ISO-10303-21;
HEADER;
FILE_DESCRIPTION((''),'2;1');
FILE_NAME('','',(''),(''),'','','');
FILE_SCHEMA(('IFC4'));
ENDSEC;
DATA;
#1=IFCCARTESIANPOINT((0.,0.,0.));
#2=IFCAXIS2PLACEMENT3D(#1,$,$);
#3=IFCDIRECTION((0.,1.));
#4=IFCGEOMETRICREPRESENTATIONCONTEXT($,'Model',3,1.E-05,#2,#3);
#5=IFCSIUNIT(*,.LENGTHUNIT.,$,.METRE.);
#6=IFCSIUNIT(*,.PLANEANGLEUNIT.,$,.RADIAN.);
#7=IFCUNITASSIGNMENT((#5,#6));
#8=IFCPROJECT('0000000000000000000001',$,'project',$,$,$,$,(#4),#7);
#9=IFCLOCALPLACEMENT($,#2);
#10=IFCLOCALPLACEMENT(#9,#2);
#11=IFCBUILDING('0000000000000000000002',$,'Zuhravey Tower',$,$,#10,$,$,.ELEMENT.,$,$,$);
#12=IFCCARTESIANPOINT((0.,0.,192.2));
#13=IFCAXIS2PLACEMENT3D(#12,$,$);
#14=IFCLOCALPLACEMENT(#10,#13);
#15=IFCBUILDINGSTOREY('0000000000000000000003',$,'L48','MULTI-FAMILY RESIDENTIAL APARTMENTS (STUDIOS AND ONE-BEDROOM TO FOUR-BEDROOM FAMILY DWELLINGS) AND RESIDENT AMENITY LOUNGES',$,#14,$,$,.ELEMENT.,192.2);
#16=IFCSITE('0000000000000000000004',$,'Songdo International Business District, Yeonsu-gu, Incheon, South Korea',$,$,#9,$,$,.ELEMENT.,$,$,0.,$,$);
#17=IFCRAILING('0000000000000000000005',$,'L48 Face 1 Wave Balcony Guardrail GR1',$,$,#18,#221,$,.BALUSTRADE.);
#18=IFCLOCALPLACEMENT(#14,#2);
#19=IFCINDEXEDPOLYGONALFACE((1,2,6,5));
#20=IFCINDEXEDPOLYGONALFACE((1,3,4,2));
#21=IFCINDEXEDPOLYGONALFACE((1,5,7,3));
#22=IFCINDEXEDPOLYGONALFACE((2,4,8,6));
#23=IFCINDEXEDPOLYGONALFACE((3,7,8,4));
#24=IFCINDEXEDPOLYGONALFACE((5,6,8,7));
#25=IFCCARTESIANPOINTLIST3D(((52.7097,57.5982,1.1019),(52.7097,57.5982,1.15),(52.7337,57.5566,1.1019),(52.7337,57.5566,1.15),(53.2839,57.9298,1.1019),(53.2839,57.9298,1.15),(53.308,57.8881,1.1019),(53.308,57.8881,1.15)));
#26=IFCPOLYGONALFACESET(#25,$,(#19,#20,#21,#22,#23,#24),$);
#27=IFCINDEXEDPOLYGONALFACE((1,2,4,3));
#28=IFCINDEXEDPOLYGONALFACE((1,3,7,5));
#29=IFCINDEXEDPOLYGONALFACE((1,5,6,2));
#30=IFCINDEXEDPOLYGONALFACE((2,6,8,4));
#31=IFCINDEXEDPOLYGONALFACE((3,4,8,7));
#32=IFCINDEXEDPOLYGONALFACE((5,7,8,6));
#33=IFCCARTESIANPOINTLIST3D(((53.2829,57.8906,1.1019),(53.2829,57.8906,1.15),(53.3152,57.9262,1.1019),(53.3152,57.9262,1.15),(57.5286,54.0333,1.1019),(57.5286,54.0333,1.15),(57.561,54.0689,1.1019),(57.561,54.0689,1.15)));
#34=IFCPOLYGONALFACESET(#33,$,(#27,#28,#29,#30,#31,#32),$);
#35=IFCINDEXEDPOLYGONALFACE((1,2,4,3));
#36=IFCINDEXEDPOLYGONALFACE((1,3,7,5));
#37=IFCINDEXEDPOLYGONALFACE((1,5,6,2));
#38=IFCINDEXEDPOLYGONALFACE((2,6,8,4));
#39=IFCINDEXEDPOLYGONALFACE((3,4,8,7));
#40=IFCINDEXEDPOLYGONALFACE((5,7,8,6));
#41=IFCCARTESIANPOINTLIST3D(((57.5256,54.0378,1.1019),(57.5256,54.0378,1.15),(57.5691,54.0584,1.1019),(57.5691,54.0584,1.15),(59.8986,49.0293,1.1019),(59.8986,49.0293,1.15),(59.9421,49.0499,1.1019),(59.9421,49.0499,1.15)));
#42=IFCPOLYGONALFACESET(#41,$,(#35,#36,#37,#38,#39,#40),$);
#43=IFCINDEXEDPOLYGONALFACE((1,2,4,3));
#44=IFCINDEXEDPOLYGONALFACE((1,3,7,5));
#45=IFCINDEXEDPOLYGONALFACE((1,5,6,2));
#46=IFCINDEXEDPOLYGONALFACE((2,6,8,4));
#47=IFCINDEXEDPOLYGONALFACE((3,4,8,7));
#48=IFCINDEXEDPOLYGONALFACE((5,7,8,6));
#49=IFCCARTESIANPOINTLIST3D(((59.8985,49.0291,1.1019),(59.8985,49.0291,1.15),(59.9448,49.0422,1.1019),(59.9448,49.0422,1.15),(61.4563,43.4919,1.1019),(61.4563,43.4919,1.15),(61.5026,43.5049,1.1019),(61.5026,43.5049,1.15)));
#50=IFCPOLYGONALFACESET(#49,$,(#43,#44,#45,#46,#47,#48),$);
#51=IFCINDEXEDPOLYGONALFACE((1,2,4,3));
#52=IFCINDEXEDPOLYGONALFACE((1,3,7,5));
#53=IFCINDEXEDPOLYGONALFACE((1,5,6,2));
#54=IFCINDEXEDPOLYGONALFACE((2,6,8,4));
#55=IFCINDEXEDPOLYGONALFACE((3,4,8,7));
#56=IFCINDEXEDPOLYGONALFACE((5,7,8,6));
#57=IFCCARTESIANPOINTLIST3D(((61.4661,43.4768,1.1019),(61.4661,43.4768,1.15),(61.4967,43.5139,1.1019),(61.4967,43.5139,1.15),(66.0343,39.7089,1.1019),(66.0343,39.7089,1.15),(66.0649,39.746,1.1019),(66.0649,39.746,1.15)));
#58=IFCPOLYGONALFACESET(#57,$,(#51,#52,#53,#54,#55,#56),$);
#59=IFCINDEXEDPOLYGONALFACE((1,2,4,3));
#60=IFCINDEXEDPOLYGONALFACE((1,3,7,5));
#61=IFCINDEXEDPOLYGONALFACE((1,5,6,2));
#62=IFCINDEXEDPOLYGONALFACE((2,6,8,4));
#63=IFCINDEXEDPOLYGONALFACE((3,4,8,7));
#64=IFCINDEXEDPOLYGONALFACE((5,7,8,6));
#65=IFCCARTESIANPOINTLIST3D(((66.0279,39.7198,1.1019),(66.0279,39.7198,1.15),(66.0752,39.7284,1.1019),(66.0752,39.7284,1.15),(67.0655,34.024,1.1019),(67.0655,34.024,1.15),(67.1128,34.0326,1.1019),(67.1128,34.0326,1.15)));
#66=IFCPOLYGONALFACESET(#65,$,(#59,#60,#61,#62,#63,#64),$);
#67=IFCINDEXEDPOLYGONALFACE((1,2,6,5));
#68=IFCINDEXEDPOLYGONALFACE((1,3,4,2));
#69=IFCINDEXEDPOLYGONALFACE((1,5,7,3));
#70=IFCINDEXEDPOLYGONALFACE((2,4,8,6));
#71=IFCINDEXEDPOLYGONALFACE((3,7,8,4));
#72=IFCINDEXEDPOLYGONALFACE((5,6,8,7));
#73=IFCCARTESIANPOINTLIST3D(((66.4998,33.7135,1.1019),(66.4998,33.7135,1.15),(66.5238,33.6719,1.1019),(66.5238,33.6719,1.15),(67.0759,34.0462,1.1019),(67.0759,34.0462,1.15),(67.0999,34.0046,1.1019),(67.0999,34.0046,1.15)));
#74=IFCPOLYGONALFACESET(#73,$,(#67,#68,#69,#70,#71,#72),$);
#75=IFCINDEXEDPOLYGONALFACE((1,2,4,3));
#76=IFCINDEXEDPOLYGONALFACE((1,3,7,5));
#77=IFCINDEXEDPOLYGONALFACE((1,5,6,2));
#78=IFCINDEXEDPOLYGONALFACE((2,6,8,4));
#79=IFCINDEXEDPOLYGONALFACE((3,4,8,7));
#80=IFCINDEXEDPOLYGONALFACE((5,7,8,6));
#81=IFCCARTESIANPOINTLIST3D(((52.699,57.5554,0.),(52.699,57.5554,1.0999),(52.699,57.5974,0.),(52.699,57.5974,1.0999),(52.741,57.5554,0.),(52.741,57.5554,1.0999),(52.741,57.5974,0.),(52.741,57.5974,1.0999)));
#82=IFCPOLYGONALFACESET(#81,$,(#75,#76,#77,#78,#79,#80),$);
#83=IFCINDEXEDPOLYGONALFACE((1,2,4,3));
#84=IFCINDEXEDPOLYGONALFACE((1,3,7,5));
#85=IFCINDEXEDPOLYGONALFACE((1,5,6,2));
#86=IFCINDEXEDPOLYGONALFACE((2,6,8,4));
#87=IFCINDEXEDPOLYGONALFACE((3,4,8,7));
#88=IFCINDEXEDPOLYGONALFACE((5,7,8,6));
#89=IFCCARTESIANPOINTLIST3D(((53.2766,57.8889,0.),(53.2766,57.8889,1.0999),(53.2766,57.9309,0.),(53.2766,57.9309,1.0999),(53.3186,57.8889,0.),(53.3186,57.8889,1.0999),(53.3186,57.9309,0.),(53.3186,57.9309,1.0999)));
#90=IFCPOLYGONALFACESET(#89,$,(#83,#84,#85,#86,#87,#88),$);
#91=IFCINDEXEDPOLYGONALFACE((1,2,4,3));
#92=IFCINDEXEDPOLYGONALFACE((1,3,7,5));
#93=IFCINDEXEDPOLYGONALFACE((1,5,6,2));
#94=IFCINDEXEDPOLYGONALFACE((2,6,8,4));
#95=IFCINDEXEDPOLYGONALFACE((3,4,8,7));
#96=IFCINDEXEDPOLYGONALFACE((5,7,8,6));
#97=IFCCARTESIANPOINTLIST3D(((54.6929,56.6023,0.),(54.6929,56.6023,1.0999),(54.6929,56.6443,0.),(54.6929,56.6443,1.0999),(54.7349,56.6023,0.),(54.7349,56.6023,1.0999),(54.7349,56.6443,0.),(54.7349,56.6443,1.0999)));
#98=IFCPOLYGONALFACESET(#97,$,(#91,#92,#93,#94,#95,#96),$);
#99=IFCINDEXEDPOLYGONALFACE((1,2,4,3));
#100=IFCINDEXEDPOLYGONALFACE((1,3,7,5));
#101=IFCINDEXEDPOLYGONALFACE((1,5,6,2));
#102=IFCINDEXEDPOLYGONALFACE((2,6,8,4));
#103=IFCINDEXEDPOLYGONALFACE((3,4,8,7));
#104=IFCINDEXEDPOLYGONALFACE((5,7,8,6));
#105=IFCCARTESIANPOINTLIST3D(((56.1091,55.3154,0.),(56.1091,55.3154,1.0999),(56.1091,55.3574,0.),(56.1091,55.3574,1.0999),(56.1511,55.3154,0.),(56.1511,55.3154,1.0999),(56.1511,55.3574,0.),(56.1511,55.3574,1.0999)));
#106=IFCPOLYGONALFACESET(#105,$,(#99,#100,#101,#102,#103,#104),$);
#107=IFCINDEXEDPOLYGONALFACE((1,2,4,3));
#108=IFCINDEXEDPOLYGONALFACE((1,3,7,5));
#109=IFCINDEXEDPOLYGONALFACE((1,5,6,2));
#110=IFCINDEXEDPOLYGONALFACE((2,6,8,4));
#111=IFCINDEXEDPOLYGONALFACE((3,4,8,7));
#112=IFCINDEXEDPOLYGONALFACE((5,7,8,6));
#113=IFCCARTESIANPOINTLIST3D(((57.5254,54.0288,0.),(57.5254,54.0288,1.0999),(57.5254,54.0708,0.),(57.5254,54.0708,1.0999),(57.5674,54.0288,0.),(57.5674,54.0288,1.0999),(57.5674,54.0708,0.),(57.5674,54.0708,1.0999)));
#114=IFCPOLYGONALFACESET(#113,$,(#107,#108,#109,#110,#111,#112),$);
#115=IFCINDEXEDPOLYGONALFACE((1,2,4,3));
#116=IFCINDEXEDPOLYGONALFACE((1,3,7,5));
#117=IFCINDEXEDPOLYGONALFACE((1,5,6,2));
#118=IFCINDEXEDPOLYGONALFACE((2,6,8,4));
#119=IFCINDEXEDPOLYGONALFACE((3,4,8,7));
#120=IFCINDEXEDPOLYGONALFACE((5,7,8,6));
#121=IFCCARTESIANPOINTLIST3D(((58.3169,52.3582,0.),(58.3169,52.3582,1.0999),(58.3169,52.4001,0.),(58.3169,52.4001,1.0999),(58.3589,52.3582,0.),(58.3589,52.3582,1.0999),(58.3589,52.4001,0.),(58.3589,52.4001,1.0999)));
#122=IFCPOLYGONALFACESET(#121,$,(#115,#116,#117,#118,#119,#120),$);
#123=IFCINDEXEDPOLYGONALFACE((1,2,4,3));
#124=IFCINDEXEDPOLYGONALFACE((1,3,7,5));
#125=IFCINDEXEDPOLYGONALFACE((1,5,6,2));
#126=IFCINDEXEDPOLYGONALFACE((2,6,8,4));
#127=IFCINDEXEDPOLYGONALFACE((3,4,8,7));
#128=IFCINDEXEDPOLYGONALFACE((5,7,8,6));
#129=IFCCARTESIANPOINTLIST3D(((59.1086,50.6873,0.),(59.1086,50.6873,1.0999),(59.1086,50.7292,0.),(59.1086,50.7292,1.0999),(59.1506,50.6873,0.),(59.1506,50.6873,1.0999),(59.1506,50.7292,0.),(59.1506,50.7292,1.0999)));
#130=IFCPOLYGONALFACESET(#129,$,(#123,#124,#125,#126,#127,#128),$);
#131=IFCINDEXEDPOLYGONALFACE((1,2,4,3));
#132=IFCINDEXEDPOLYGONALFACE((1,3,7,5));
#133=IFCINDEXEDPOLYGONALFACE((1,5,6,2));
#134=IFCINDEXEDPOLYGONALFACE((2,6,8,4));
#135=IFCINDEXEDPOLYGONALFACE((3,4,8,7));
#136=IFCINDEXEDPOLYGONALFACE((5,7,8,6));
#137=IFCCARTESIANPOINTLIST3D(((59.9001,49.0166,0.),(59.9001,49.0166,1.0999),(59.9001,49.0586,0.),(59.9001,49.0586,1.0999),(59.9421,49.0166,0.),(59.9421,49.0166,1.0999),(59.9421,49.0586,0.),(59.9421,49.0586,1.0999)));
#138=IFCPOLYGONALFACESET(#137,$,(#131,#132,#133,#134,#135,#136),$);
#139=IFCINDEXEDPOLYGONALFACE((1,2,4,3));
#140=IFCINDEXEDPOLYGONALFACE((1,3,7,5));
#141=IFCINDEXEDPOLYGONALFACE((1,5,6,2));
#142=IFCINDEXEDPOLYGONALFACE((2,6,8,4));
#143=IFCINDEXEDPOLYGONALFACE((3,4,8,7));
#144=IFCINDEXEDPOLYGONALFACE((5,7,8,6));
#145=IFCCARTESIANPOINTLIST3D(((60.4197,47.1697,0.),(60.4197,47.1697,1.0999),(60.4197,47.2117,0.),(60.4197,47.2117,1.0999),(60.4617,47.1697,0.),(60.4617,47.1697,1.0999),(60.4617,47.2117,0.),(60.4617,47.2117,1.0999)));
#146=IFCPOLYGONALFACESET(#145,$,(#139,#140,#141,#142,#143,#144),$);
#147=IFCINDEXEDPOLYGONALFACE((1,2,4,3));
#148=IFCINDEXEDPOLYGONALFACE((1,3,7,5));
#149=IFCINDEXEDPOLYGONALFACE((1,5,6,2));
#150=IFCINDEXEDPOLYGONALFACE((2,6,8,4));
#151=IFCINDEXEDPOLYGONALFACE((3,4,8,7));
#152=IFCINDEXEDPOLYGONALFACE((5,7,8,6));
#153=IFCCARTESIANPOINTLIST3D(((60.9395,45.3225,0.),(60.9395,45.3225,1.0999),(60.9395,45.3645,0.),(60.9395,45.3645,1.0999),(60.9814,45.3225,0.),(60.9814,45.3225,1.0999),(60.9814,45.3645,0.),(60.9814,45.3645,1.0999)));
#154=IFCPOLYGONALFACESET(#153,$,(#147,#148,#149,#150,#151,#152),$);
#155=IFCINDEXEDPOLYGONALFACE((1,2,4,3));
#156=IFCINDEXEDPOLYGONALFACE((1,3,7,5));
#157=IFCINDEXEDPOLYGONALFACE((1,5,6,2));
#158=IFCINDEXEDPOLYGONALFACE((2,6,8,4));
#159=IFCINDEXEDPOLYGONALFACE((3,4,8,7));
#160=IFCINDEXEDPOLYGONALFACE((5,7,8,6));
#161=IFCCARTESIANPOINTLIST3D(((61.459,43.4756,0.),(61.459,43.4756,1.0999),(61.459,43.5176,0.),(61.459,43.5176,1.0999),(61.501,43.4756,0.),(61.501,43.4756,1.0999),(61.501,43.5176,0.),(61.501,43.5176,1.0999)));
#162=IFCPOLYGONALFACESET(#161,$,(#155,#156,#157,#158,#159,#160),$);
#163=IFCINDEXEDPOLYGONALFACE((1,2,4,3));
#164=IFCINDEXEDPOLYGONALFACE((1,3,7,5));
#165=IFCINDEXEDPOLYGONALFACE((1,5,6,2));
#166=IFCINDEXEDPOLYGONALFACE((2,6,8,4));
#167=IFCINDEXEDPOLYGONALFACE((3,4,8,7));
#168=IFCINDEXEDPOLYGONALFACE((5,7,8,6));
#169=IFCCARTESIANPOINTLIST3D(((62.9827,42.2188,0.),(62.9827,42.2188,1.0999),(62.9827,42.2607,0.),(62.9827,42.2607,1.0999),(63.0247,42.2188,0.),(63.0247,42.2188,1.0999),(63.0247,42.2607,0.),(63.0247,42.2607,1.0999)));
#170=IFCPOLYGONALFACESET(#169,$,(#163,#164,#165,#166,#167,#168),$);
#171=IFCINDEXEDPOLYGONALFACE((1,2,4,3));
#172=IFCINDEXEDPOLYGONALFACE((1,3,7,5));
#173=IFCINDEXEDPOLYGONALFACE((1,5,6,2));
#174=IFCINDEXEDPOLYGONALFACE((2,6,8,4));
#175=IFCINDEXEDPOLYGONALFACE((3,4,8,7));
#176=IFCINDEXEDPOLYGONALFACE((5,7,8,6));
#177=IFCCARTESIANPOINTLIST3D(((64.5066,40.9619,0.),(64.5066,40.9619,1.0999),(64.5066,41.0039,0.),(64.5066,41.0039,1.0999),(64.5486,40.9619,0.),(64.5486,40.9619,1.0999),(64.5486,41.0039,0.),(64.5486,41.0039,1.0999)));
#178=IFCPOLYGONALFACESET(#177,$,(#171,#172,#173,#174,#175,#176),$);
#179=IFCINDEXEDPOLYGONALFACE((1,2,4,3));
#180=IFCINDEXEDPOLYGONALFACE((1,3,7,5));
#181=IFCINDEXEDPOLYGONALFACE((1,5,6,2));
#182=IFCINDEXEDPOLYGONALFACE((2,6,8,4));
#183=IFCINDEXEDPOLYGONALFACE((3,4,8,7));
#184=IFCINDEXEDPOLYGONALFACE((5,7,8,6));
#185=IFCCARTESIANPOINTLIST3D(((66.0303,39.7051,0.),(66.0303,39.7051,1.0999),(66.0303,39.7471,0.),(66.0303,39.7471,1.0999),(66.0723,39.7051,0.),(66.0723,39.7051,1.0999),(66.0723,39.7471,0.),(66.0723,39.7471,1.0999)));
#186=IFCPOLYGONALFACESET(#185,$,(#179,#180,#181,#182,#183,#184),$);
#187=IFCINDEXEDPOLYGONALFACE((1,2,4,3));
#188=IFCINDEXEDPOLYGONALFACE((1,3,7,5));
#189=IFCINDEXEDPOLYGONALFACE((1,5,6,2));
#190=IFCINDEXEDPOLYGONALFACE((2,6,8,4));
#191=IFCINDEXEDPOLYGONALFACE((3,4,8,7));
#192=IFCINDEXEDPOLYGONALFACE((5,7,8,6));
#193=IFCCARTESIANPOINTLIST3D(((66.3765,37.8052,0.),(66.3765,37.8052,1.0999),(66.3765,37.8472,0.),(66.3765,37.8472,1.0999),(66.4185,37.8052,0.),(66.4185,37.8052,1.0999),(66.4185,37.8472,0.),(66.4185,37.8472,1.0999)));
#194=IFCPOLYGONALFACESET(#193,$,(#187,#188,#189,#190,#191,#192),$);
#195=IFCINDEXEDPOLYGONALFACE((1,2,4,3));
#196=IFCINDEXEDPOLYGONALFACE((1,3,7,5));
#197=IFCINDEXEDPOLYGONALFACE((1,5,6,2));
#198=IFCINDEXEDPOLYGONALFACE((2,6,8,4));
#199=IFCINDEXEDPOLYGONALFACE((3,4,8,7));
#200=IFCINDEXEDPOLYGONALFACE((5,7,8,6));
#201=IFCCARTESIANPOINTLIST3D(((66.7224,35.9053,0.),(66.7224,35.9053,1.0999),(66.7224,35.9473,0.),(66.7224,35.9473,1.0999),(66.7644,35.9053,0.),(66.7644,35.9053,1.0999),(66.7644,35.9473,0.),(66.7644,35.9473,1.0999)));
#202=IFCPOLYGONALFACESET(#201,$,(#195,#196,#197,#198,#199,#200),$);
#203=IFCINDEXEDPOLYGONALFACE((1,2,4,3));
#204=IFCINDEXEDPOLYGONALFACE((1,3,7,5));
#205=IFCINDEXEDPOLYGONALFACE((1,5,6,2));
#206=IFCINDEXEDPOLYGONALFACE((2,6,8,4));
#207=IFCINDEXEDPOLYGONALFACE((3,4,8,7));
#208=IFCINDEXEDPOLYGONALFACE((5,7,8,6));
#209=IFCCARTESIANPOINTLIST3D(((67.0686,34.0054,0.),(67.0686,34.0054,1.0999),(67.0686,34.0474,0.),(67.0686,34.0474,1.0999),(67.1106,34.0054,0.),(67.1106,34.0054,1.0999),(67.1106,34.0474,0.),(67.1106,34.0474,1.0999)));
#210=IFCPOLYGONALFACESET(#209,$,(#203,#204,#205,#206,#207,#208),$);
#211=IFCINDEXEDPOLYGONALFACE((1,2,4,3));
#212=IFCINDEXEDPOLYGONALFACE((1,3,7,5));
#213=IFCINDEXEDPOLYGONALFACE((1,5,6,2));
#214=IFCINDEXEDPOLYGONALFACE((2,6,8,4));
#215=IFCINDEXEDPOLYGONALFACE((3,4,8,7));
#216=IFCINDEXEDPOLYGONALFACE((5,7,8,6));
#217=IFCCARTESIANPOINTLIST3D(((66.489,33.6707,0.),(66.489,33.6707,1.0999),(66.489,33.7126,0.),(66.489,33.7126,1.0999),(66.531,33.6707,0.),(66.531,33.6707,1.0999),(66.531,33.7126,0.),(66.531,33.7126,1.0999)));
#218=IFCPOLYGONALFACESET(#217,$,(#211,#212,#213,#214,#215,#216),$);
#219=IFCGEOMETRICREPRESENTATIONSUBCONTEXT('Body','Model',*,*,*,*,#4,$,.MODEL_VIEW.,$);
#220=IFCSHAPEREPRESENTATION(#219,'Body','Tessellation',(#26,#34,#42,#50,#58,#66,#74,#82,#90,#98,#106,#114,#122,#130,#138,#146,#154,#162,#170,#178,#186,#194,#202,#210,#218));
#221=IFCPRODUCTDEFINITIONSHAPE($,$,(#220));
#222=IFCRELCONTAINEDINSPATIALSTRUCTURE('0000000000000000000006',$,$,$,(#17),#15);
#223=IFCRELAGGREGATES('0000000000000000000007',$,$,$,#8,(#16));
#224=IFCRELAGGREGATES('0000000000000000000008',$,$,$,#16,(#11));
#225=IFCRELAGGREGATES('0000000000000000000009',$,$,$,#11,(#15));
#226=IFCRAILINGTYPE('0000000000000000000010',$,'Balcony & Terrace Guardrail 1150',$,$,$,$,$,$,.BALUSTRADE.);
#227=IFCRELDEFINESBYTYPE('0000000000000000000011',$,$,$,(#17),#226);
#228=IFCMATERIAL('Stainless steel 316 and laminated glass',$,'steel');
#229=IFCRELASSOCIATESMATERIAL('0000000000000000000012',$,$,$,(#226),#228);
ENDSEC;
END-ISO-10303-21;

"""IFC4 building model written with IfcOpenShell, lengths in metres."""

from ifc_helpers import new_model, si_unit, direction, frame, origin, origin_2d, place, context, subcontext, project, spatial, rectangle, extrude, material, type_object, element, save


model = new_model("IFC4")

# Units and contexts
model_context = context("Model", 3, precision=1e-05, world=origin(), true_north=direction((0.0, 1.0)))
body_context = subcontext(model_context, "Body", "Model", "MODEL_VIEW")
ifc_project = project(units=[si_unit("LENGTHUNIT", "METRE"), si_unit("PLANEANGLEUNIT", "RADIAN")], contexts=[model_context])

# Site, building, storey
site_placement = place(None, origin())
site = spatial("IfcSite", under=ifc_project, at=site_placement, Name="Songdo International Business District, Yeonsu-gu, Incheon, South Korea", CompositionType="ELEMENT", RefElevation=0.0)
building_placement = place(site_placement, origin())
building = spatial("IfcBuilding", under=site, at=building_placement, Name="Zuhravey Tower", CompositionType="ELEMENT")
storey_placement = place(building_placement, frame((0.0, 0.0, 192.2)))
storey = spatial("IfcBuildingStorey", under=building, at=storey_placement, Name="L48", Description="MULTI-FAMILY RESIDENTIAL APARTMENTS (STUDIOS AND ONE-BEDROOM TO FOUR-BEDROOM FAMILY DWELLINGS) AND RESIDENT AMENITY LOUNGES", CompositionType="ELEMENT", Elevation=192.2)

# Railing
ifc_material_1 = material(Name="Stainless steel 316 and laminated glass", Category="steel")
railing_type = type_object("IfcRailingType", Name="Balcony & Terrace Guardrail 1150", PredefinedType="BALUSTRADE", material=ifc_material_1)
railing_placement = place(storey_placement, frame((52.72, 57.5764, 0.0)))
element("IfcRailing", 1, at=railing_placement, inside=storey, type_object=railing_type, Name="L48 Face 1 Wave Balcony Guardrail GR1", PredefinedType="BALUSTRADE", context=body_context, shape_type="SweptSolid", body=[
    extrude(rectangle(XDim=0.0481, YDim=0.0481, at=origin_2d()), frame((0.0017, 0.001, 1.126), z_axis=(0.866027, 0.499997, 0.0), x_axis=(-0.499997, 0.866027, 0.0)), (0.0, 0.0, 1.0), 0.6631),
    extrude(rectangle(XDim=0.0481, YDim=0.0481, at=origin_2d()), frame((0.5791, 0.332, 1.126), z_axis=(0.74015, -0.672442, 0.0), x_axis=(0.672442, 0.74015, 0.0)), (0.0, 0.0, 1.0), 5.7363),
    extrude(rectangle(XDim=0.0481, YDim=0.0481, at=origin_2d()), frame((4.8274, -3.5283, 1.126), z_axis=(0.428168, -0.903699, 0.0), x_axis=(0.903699, 0.428168, 0.0)), (0.0, 0.0, 1.0), 5.5422),
    extrude(rectangle(XDim=0.0481, YDim=0.0481, at=origin_2d()), frame((7.2017, -8.5408, 1.126), z_axis=(0.270814, -0.962632, 0.0), x_axis=(0.962632, 0.270814, 0.0)), (0.0, 0.0, 1.0), 5.7522),
    extrude(rectangle(XDim=0.0481, YDim=0.0481, at=origin_2d()), frame((8.7615, -14.0811, 1.126), z_axis=(0.77144, -0.636302, 0.0), x_axis=(0.636302, 0.77144, 0.0)), (0.0, 0.0, 1.0), 5.9216),
    extrude(rectangle(XDim=0.0481, YDim=0.0481, at=origin_2d()), frame((13.3315, -17.8523, 1.126), z_axis=(0.179223, -0.983808, 0.0), x_axis=(0.983808, 0.179223, 0.0)), (0.0, 0.0, 1.0), 5.7896),
    extrude(rectangle(XDim=0.0481, YDim=0.0481, at=origin_2d()), frame((14.3679, -23.551, 1.126), z_axis=(-0.865967, -0.500101, 0.0), x_axis=(0.500101, -0.865967, 0.0)), (0.0, 0.0, 1.0), 0.6653),
    extrude(rectangle(XDim=0.042, YDim=0.042, at=origin_2d()), origin(), (0.0, 0.0, 1.0), 1.0999),
    extrude(rectangle(XDim=0.042, YDim=0.042, at=origin_2d()), frame((0.5776, 0.3335, 0.0)), (0.0, 0.0, 1.0), 1.0999),
    extrude(rectangle(XDim=0.042, YDim=0.042, at=origin_2d()), frame((1.9939, -0.9531, 0.0)), (0.0, 0.0, 1.0), 1.0999),
    extrude(rectangle(XDim=0.042, YDim=0.042, at=origin_2d()), frame((3.4102, -2.24, 0.0)), (0.0, 0.0, 1.0), 1.0999),
    extrude(rectangle(XDim=0.042, YDim=0.042, at=origin_2d()), frame((4.8264, -3.5266, 0.0)), (0.0, 0.0, 1.0), 1.0999),
    extrude(rectangle(XDim=0.042, YDim=0.042, at=origin_2d()), frame((5.6179, -5.1973, 0.0)), (0.0, 0.0, 1.0), 1.0999),
    extrude(rectangle(XDim=0.042, YDim=0.042, at=origin_2d()), frame((6.4097, -6.8682, 0.0)), (0.0, 0.0, 1.0), 1.0999),
    extrude(rectangle(XDim=0.042, YDim=0.042, at=origin_2d()), frame((7.2012, -8.5388, 0.0)), (0.0, 0.0, 1.0), 1.0999),
    extrude(rectangle(XDim=0.042, YDim=0.042, at=origin_2d()), frame((7.7207, -10.3857, 0.0)), (0.0, 0.0, 1.0), 1.0999),
    extrude(rectangle(XDim=0.042, YDim=0.042, at=origin_2d()), frame((8.2405, -12.2329, 0.0)), (0.0, 0.0, 1.0), 1.0999),
    extrude(rectangle(XDim=0.042, YDim=0.042, at=origin_2d()), frame((8.76, -14.0798, 0.0)), (0.0, 0.0, 1.0), 1.0999),
    extrude(rectangle(XDim=0.042, YDim=0.042, at=origin_2d()), frame((10.2837, -15.3367, 0.0)), (0.0, 0.0, 1.0), 1.0999),
    extrude(rectangle(XDim=0.042, YDim=0.042, at=origin_2d()), frame((11.8076, -16.5935, 0.0)), (0.0, 0.0, 1.0), 1.0999),
    extrude(rectangle(XDim=0.042, YDim=0.042, at=origin_2d()), frame((13.3313, -17.8503, 0.0)), (0.0, 0.0, 1.0), 1.0999),
    extrude(rectangle(XDim=0.042, YDim=0.042, at=origin_2d()), frame((13.6775, -19.7502, 0.0)), (0.0, 0.0, 1.0), 1.0999),
    extrude(rectangle(XDim=0.042, YDim=0.042, at=origin_2d()), frame((14.0234, -21.6501, 0.0)), (0.0, 0.0, 1.0), 1.0999),
    extrude(rectangle(XDim=0.042, YDim=0.042, at=origin_2d()), frame((14.3696, -23.55, 0.0)), (0.0, 0.0, 1.0), 1.0999),
    extrude(rectangle(XDim=0.042, YDim=0.042, at=origin_2d()), frame((13.79, -23.8848, 0.0)), (0.0, 0.0, 1.0), 1.0999),
])

save(model, "model.ifc")
